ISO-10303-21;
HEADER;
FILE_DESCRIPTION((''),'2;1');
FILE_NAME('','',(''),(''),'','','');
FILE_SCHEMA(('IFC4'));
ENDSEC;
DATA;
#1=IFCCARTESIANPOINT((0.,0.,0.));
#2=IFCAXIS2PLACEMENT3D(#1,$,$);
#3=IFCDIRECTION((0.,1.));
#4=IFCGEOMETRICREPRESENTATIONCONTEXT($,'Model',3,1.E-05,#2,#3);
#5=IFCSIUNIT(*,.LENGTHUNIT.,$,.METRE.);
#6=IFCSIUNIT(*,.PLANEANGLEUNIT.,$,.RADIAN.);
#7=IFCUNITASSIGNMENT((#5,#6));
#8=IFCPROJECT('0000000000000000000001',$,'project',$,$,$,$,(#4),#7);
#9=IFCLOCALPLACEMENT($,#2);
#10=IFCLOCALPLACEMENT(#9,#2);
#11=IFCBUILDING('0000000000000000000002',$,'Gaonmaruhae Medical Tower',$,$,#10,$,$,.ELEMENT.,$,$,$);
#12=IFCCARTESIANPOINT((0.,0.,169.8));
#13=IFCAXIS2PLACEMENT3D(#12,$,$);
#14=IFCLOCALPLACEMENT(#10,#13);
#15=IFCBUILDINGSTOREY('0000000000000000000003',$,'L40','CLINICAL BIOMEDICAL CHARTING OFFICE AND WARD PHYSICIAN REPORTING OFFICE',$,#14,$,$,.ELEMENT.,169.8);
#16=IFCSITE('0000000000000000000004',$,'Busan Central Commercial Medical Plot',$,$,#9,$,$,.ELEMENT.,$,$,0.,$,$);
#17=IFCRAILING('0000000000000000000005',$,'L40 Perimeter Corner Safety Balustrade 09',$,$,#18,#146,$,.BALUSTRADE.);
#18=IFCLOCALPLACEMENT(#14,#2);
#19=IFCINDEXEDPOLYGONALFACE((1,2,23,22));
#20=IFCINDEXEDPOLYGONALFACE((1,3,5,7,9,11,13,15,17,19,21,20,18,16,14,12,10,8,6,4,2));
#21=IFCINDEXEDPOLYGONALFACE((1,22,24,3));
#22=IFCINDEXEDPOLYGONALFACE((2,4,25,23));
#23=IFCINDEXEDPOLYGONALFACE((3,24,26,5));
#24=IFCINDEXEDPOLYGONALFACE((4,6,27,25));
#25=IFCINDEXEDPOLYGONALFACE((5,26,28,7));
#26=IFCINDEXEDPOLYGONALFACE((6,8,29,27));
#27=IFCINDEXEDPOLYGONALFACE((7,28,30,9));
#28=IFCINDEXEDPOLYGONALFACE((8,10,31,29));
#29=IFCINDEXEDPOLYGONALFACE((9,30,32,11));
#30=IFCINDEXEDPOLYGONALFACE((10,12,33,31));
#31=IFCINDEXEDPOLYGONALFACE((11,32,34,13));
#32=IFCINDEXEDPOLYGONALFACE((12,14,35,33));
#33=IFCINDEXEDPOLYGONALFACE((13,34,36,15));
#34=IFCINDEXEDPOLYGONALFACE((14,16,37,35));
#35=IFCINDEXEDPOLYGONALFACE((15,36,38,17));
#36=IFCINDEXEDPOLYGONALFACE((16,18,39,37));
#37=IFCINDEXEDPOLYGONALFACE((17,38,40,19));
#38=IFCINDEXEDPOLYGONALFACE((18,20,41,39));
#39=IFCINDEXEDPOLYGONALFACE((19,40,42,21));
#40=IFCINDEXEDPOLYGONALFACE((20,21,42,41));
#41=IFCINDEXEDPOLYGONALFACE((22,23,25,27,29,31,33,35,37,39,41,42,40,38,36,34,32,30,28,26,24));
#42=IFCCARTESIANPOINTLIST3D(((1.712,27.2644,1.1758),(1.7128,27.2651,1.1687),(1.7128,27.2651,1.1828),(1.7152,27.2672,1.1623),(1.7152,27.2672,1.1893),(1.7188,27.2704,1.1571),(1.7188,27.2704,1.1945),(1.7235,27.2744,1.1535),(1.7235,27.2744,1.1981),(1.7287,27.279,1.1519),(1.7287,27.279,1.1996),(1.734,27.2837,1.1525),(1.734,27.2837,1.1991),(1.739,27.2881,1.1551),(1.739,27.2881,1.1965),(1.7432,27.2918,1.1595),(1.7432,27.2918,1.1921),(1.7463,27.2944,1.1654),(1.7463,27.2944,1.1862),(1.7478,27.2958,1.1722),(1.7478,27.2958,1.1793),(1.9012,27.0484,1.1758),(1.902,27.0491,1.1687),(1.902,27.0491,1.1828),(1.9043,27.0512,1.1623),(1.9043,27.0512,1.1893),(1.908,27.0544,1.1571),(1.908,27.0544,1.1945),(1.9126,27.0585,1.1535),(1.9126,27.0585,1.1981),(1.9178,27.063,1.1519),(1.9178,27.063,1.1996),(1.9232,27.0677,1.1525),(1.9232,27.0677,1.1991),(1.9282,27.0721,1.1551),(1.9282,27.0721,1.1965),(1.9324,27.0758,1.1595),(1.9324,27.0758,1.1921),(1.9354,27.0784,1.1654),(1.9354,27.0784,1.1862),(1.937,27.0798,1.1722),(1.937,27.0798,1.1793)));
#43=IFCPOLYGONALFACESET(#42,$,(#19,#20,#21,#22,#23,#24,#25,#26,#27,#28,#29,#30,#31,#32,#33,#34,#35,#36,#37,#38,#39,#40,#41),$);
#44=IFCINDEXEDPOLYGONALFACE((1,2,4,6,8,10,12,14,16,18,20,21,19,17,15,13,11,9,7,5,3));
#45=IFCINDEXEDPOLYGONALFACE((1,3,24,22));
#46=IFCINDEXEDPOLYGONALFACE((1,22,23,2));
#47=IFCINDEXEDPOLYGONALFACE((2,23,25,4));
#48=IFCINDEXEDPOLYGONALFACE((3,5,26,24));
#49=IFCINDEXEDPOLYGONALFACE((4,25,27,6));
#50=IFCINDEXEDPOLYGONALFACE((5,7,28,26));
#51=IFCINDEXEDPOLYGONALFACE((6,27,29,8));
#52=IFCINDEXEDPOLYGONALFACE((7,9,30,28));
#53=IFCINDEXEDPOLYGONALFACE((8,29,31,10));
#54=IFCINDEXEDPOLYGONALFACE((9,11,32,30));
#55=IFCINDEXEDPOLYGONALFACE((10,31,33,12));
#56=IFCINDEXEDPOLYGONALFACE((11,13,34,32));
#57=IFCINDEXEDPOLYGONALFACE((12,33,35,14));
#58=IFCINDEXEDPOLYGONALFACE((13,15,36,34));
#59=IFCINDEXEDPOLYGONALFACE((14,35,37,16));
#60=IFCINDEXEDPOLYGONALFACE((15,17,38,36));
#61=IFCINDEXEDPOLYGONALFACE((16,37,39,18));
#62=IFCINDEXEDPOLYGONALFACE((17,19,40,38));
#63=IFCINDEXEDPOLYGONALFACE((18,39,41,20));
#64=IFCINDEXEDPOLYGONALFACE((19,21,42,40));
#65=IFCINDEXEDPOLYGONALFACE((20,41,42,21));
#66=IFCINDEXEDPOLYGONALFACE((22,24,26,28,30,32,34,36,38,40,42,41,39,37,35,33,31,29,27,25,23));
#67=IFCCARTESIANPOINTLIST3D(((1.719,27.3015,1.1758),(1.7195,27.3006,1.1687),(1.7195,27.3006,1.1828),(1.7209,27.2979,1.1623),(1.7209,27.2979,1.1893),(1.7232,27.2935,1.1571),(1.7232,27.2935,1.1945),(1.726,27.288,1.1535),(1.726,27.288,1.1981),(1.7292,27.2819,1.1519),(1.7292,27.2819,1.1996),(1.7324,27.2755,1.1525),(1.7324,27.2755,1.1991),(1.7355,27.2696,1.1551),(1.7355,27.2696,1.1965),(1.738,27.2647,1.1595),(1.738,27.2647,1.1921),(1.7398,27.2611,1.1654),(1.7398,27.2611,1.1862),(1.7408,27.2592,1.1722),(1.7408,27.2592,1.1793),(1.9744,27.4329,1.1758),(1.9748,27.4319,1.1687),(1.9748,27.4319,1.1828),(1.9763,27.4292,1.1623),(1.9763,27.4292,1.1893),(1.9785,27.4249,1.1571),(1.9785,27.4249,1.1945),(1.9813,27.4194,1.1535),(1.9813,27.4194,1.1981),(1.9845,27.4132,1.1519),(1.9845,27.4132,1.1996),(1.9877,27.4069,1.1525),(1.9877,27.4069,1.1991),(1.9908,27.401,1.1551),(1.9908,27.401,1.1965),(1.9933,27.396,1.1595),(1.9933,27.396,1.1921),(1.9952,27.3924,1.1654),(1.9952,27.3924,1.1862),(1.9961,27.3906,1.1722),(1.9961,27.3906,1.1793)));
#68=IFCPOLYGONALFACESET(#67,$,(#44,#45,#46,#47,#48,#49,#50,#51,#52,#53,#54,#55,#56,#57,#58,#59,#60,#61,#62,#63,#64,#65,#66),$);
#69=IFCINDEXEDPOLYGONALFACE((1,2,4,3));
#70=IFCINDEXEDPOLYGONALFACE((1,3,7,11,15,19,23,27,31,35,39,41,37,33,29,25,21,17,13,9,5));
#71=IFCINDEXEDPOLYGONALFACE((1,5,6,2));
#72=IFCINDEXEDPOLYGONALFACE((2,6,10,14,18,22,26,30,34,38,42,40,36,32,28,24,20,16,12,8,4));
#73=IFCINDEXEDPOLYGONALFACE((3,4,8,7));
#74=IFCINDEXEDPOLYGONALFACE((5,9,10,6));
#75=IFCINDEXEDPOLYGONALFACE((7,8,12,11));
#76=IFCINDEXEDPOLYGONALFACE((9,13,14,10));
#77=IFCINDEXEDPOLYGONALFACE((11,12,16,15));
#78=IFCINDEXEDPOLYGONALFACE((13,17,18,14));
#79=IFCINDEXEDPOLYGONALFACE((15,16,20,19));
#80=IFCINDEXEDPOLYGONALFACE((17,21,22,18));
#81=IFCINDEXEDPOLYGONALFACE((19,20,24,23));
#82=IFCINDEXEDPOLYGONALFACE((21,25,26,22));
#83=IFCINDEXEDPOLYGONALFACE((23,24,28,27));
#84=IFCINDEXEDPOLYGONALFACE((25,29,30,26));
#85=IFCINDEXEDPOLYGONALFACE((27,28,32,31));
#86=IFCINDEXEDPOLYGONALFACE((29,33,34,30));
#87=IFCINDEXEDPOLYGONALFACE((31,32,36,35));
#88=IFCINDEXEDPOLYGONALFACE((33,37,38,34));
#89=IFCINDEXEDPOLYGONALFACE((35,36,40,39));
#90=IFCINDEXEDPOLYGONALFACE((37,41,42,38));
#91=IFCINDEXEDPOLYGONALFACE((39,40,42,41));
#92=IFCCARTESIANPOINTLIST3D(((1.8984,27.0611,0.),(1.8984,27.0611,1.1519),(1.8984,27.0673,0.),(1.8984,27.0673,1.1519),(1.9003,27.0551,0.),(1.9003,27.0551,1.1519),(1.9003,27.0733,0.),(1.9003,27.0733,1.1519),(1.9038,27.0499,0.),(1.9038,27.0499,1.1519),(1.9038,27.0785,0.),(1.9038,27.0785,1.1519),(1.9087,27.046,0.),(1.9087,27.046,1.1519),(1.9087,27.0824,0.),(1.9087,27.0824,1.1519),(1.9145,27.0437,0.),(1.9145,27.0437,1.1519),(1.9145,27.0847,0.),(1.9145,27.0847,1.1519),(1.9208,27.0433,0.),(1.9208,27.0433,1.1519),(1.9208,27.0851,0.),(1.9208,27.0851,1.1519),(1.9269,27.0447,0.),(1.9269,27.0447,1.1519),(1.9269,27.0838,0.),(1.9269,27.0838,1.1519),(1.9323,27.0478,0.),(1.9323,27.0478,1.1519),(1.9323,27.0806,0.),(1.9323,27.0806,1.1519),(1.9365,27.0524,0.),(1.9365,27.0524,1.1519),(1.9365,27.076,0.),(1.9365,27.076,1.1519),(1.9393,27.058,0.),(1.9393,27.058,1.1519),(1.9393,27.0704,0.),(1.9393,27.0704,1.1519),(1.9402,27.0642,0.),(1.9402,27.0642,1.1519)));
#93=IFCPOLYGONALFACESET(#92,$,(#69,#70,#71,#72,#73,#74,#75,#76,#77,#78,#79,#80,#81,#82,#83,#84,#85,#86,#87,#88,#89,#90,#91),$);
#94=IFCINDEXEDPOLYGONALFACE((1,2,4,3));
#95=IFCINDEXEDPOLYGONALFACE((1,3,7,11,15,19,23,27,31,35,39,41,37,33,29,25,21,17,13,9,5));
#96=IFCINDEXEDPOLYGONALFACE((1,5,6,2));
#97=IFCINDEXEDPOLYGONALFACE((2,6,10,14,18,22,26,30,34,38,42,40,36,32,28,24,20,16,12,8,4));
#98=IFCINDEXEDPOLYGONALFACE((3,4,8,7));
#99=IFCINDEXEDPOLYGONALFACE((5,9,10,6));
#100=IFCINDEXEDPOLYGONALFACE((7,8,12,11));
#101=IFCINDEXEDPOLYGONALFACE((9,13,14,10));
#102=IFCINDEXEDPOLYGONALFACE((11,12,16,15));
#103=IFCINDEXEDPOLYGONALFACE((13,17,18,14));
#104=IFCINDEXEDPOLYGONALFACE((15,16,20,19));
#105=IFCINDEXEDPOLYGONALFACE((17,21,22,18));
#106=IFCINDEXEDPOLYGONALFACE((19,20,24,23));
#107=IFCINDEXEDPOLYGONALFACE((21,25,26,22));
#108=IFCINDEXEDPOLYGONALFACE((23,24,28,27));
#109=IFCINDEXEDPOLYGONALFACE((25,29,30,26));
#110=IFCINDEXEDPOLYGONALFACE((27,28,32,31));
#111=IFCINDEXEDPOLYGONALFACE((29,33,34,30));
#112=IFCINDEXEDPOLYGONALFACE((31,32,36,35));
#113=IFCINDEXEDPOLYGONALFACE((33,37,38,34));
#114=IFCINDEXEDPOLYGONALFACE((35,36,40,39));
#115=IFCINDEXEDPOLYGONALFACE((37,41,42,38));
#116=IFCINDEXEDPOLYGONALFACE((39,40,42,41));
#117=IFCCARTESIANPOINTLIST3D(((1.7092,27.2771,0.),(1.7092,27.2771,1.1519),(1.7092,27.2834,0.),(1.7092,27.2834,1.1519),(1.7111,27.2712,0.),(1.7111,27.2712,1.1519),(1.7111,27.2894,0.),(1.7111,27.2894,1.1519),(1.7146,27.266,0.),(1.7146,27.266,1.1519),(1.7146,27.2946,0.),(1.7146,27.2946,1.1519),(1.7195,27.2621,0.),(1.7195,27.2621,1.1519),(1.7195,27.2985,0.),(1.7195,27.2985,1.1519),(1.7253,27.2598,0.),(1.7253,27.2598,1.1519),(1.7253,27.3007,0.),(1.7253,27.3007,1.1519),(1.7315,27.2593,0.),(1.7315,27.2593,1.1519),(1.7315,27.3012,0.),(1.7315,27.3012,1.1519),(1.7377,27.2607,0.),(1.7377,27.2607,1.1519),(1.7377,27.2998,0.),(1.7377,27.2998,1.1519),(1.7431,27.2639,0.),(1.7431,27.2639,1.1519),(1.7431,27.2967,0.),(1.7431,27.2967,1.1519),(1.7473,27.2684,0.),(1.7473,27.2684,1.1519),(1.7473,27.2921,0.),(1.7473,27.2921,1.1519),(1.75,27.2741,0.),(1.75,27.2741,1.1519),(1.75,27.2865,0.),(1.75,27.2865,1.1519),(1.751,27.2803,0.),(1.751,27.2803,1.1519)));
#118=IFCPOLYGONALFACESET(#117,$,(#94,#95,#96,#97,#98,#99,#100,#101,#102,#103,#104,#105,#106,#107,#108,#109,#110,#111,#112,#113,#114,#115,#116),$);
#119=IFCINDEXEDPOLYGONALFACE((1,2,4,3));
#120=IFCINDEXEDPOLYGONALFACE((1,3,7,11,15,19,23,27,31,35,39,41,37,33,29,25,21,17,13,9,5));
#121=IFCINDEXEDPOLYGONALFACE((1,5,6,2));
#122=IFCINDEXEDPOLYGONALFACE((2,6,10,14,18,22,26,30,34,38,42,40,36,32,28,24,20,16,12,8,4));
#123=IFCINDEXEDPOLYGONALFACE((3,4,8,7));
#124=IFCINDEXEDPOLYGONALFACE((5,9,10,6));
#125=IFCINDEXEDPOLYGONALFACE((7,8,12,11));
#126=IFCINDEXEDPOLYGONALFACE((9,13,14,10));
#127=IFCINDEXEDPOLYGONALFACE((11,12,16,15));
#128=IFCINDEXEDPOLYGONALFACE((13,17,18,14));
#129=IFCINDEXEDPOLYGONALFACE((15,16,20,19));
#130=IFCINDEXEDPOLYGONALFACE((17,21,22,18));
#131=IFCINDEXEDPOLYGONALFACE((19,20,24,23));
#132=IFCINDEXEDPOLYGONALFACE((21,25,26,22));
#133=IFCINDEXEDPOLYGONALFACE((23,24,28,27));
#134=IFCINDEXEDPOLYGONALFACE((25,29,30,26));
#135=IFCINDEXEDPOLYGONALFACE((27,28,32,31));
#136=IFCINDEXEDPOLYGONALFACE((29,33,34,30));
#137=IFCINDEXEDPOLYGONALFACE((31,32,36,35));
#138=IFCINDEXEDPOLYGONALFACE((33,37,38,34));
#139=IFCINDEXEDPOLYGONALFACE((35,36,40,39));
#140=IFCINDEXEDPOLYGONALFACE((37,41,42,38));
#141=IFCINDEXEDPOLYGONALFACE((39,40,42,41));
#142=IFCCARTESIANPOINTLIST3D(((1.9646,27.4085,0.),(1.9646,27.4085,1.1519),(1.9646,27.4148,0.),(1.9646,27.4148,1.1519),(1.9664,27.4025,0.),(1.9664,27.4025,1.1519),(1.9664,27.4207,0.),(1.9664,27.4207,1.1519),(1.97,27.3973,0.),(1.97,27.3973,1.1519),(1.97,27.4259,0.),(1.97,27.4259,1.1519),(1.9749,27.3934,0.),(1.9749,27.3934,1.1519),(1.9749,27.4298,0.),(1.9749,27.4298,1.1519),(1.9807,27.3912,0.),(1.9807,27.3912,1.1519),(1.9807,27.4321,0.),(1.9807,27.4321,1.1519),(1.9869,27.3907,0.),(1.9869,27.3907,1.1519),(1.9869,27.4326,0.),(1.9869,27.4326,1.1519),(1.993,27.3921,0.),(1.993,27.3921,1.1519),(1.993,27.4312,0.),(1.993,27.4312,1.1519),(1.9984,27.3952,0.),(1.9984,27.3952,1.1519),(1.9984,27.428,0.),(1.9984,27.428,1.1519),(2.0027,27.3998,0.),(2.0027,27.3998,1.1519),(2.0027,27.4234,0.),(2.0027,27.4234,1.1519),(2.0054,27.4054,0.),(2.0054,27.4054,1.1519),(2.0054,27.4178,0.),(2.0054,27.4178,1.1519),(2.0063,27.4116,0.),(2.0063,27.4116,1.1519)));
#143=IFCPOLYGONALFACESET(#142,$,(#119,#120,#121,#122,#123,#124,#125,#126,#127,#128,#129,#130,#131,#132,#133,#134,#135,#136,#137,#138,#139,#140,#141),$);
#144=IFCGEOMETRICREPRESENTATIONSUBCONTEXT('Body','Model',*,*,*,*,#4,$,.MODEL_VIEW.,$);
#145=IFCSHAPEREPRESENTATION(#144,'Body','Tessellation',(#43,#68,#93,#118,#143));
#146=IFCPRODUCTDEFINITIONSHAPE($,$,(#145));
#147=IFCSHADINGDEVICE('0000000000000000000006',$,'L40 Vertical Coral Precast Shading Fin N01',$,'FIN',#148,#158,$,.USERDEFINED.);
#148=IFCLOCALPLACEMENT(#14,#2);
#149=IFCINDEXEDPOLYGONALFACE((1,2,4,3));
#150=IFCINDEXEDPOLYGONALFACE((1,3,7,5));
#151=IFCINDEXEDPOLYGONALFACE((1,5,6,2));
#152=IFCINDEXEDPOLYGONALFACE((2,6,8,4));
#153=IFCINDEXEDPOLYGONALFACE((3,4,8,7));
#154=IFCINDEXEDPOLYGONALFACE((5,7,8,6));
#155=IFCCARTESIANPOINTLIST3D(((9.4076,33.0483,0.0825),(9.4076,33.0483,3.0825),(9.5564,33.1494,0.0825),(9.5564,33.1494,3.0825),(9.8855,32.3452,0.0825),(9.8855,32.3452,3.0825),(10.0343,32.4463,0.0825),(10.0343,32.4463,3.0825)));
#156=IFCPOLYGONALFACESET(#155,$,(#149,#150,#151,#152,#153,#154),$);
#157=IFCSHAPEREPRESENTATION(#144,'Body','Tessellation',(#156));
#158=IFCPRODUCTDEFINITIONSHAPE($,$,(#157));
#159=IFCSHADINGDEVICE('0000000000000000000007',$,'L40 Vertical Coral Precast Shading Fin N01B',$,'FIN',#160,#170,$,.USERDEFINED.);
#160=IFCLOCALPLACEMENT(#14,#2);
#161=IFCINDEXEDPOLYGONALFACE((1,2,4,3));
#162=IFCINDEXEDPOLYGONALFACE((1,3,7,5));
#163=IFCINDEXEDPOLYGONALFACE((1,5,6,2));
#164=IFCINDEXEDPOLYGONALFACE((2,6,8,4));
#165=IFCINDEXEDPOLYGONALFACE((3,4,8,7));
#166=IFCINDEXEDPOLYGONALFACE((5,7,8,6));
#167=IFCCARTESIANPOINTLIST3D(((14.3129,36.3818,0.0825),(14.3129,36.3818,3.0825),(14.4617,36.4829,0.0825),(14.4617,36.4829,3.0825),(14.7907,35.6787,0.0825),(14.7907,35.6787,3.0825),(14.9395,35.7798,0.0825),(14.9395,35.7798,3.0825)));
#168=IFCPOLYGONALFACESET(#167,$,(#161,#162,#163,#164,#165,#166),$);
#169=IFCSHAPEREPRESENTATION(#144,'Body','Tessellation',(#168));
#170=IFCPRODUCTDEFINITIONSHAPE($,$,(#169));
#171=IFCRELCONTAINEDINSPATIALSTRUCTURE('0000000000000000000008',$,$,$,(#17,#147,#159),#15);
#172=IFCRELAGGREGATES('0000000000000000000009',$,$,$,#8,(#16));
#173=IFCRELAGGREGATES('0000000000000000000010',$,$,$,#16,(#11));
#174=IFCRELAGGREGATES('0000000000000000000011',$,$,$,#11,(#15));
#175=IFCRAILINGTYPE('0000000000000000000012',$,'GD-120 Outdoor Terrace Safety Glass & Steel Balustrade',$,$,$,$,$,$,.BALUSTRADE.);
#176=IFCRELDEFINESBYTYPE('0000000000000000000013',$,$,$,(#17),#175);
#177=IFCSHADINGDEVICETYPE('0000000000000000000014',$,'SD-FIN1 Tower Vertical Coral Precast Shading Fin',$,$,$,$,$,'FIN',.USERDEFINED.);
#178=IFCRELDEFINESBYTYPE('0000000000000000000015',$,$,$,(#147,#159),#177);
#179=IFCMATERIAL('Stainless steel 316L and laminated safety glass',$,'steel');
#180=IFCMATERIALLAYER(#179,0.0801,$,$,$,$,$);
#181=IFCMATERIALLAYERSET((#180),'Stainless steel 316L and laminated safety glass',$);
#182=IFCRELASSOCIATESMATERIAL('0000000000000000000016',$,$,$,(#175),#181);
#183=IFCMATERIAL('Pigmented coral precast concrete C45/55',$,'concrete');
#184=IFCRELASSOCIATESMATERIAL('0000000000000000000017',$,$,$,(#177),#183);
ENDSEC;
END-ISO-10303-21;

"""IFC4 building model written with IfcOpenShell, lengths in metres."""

from ifc_helpers import new_model, si_unit, direction, frame, origin, origin_2d, place, context, subcontext, project, spatial, rectangle, circle, extrude, material, layer, layer_set, type_object, element, save


model = new_model("IFC4")

# Units and contexts
model_context = context("Model", 3, precision=1e-05, world=origin(), true_north=direction((0.0, 1.0)))
body_context = subcontext(model_context, "Body", "Model", "MODEL_VIEW")
ifc_project = project(units=[si_unit("LENGTHUNIT", "METRE"), si_unit("PLANEANGLEUNIT", "RADIAN")], contexts=[model_context])

# Site, building, storey
site_placement = place(None, origin())
site = spatial("IfcSite", under=ifc_project, at=site_placement, Name="Busan Central Commercial Medical Plot", CompositionType="ELEMENT", RefElevation=0.0)
building_placement = place(site_placement, origin())
building = spatial("IfcBuilding", under=site, at=building_placement, Name="Gaonmaruhae Medical Tower", CompositionType="ELEMENT")
storey_placement = place(building_placement, frame((0.0, 0.0, 169.8)))
storey = spatial("IfcBuildingStorey", under=building, at=storey_placement, Name="L40", Description="CLINICAL BIOMEDICAL CHARTING OFFICE AND WARD PHYSICIAN REPORTING OFFICE", CompositionType="ELEMENT", Elevation=169.8)

# Railing
ifc_material_1 = material(Name="Stainless steel 316L and laminated safety glass", Category="steel")
ifc_layer_1 = layer(ifc_material_1, 0.0801)
ifc_layer_set_1 = layer_set([ifc_layer_1], Name="Stainless steel 316L and laminated safety glass")
railing_type = type_object("IfcRailingType", Name="GD-120 Outdoor Terrace Safety Glass & Steel Balustrade", PredefinedType="BALUSTRADE", material=ifc_layer_set_1)
railing_1_placement = place(storey_placement, frame((1.9192, 27.0642, 0.0)))
element("IfcRailing", 1, at=railing_1_placement, inside=storey, type_object=railing_type, Name="L40 Perimeter Corner Safety Balustrade 09", PredefinedType="BALUSTRADE", context=body_context, shape_type="SweptSolid", body=[
    extrude(circle(Radius=0.0239, at=origin_2d()), frame((0.0, 0.0, 1.1758), z_axis=(-0.658805, 0.752313, 0.0), x_axis=(-0.752313, -0.658805, 0.0)), (0.0, 0.0, 1.0), 0.2871),
    extrude(circle(Radius=0.0239, at=origin_2d()), frame((-0.1892, 0.2161, 1.1758), z_axis=(0.889268, 0.457386, 0.0), x_axis=(-0.457386, 0.889268, 0.0)), (0.0, 0.0, 1.0), 0.2871),
    extrude(circle(Radius=0.021, at=origin_2d()), origin(), (0.0, 0.0, 1.0), 1.1519),
    extrude(circle(Radius=0.021, at=origin_2d()), frame((-0.1892, 0.2161, 0.0)), (0.0, 0.0, 1.0), 1.1519),
    extrude(circle(Radius=0.021, at=origin_2d()), frame((0.0662, 0.3474, 0.0)), (0.0, 0.0, 1.0), 1.1519),
])

# Shading devices
ifc_material_2 = material(Name="Pigmented coral precast concrete C45/55", Category="concrete")
shading_device_type = type_object("IfcShadingDeviceType", Name="SD-FIN1 Tower Vertical Coral Precast Shading Fin", ElementType="FIN", PredefinedType="USERDEFINED", material=ifc_material_2)
for number, where, z_axis, x_axis, name in (
    (2, (9.7209, 32.7473, 0.0825), (0.0, 0.0, 1.0), (0.827081, 0.562083, 0.0), "L40 Vertical Coral Precast Shading Fin N01"),
    (3, (14.6262, 36.0808, 0.0825), (0.0, 0.0, 1.0), (0.827081, 0.562083, 0.0), "L40 Vertical Coral Precast Shading Fin N01B"),
):
    element("IfcShadingDevice", number, at=place(storey_placement, frame(where, z_axis=z_axis, x_axis=x_axis)), inside=storey, type_object=shading_device_type, Name=name, ObjectType="FIN", PredefinedType="USERDEFINED", context=body_context, shape_type="SweptSolid", body=[
        extrude(rectangle(XDim=0.1799, YDim=0.8501, at=origin_2d()), origin(), (0.0, 0.0, 1.0), 3.0),
    ])

save(model, "model.ifc")
